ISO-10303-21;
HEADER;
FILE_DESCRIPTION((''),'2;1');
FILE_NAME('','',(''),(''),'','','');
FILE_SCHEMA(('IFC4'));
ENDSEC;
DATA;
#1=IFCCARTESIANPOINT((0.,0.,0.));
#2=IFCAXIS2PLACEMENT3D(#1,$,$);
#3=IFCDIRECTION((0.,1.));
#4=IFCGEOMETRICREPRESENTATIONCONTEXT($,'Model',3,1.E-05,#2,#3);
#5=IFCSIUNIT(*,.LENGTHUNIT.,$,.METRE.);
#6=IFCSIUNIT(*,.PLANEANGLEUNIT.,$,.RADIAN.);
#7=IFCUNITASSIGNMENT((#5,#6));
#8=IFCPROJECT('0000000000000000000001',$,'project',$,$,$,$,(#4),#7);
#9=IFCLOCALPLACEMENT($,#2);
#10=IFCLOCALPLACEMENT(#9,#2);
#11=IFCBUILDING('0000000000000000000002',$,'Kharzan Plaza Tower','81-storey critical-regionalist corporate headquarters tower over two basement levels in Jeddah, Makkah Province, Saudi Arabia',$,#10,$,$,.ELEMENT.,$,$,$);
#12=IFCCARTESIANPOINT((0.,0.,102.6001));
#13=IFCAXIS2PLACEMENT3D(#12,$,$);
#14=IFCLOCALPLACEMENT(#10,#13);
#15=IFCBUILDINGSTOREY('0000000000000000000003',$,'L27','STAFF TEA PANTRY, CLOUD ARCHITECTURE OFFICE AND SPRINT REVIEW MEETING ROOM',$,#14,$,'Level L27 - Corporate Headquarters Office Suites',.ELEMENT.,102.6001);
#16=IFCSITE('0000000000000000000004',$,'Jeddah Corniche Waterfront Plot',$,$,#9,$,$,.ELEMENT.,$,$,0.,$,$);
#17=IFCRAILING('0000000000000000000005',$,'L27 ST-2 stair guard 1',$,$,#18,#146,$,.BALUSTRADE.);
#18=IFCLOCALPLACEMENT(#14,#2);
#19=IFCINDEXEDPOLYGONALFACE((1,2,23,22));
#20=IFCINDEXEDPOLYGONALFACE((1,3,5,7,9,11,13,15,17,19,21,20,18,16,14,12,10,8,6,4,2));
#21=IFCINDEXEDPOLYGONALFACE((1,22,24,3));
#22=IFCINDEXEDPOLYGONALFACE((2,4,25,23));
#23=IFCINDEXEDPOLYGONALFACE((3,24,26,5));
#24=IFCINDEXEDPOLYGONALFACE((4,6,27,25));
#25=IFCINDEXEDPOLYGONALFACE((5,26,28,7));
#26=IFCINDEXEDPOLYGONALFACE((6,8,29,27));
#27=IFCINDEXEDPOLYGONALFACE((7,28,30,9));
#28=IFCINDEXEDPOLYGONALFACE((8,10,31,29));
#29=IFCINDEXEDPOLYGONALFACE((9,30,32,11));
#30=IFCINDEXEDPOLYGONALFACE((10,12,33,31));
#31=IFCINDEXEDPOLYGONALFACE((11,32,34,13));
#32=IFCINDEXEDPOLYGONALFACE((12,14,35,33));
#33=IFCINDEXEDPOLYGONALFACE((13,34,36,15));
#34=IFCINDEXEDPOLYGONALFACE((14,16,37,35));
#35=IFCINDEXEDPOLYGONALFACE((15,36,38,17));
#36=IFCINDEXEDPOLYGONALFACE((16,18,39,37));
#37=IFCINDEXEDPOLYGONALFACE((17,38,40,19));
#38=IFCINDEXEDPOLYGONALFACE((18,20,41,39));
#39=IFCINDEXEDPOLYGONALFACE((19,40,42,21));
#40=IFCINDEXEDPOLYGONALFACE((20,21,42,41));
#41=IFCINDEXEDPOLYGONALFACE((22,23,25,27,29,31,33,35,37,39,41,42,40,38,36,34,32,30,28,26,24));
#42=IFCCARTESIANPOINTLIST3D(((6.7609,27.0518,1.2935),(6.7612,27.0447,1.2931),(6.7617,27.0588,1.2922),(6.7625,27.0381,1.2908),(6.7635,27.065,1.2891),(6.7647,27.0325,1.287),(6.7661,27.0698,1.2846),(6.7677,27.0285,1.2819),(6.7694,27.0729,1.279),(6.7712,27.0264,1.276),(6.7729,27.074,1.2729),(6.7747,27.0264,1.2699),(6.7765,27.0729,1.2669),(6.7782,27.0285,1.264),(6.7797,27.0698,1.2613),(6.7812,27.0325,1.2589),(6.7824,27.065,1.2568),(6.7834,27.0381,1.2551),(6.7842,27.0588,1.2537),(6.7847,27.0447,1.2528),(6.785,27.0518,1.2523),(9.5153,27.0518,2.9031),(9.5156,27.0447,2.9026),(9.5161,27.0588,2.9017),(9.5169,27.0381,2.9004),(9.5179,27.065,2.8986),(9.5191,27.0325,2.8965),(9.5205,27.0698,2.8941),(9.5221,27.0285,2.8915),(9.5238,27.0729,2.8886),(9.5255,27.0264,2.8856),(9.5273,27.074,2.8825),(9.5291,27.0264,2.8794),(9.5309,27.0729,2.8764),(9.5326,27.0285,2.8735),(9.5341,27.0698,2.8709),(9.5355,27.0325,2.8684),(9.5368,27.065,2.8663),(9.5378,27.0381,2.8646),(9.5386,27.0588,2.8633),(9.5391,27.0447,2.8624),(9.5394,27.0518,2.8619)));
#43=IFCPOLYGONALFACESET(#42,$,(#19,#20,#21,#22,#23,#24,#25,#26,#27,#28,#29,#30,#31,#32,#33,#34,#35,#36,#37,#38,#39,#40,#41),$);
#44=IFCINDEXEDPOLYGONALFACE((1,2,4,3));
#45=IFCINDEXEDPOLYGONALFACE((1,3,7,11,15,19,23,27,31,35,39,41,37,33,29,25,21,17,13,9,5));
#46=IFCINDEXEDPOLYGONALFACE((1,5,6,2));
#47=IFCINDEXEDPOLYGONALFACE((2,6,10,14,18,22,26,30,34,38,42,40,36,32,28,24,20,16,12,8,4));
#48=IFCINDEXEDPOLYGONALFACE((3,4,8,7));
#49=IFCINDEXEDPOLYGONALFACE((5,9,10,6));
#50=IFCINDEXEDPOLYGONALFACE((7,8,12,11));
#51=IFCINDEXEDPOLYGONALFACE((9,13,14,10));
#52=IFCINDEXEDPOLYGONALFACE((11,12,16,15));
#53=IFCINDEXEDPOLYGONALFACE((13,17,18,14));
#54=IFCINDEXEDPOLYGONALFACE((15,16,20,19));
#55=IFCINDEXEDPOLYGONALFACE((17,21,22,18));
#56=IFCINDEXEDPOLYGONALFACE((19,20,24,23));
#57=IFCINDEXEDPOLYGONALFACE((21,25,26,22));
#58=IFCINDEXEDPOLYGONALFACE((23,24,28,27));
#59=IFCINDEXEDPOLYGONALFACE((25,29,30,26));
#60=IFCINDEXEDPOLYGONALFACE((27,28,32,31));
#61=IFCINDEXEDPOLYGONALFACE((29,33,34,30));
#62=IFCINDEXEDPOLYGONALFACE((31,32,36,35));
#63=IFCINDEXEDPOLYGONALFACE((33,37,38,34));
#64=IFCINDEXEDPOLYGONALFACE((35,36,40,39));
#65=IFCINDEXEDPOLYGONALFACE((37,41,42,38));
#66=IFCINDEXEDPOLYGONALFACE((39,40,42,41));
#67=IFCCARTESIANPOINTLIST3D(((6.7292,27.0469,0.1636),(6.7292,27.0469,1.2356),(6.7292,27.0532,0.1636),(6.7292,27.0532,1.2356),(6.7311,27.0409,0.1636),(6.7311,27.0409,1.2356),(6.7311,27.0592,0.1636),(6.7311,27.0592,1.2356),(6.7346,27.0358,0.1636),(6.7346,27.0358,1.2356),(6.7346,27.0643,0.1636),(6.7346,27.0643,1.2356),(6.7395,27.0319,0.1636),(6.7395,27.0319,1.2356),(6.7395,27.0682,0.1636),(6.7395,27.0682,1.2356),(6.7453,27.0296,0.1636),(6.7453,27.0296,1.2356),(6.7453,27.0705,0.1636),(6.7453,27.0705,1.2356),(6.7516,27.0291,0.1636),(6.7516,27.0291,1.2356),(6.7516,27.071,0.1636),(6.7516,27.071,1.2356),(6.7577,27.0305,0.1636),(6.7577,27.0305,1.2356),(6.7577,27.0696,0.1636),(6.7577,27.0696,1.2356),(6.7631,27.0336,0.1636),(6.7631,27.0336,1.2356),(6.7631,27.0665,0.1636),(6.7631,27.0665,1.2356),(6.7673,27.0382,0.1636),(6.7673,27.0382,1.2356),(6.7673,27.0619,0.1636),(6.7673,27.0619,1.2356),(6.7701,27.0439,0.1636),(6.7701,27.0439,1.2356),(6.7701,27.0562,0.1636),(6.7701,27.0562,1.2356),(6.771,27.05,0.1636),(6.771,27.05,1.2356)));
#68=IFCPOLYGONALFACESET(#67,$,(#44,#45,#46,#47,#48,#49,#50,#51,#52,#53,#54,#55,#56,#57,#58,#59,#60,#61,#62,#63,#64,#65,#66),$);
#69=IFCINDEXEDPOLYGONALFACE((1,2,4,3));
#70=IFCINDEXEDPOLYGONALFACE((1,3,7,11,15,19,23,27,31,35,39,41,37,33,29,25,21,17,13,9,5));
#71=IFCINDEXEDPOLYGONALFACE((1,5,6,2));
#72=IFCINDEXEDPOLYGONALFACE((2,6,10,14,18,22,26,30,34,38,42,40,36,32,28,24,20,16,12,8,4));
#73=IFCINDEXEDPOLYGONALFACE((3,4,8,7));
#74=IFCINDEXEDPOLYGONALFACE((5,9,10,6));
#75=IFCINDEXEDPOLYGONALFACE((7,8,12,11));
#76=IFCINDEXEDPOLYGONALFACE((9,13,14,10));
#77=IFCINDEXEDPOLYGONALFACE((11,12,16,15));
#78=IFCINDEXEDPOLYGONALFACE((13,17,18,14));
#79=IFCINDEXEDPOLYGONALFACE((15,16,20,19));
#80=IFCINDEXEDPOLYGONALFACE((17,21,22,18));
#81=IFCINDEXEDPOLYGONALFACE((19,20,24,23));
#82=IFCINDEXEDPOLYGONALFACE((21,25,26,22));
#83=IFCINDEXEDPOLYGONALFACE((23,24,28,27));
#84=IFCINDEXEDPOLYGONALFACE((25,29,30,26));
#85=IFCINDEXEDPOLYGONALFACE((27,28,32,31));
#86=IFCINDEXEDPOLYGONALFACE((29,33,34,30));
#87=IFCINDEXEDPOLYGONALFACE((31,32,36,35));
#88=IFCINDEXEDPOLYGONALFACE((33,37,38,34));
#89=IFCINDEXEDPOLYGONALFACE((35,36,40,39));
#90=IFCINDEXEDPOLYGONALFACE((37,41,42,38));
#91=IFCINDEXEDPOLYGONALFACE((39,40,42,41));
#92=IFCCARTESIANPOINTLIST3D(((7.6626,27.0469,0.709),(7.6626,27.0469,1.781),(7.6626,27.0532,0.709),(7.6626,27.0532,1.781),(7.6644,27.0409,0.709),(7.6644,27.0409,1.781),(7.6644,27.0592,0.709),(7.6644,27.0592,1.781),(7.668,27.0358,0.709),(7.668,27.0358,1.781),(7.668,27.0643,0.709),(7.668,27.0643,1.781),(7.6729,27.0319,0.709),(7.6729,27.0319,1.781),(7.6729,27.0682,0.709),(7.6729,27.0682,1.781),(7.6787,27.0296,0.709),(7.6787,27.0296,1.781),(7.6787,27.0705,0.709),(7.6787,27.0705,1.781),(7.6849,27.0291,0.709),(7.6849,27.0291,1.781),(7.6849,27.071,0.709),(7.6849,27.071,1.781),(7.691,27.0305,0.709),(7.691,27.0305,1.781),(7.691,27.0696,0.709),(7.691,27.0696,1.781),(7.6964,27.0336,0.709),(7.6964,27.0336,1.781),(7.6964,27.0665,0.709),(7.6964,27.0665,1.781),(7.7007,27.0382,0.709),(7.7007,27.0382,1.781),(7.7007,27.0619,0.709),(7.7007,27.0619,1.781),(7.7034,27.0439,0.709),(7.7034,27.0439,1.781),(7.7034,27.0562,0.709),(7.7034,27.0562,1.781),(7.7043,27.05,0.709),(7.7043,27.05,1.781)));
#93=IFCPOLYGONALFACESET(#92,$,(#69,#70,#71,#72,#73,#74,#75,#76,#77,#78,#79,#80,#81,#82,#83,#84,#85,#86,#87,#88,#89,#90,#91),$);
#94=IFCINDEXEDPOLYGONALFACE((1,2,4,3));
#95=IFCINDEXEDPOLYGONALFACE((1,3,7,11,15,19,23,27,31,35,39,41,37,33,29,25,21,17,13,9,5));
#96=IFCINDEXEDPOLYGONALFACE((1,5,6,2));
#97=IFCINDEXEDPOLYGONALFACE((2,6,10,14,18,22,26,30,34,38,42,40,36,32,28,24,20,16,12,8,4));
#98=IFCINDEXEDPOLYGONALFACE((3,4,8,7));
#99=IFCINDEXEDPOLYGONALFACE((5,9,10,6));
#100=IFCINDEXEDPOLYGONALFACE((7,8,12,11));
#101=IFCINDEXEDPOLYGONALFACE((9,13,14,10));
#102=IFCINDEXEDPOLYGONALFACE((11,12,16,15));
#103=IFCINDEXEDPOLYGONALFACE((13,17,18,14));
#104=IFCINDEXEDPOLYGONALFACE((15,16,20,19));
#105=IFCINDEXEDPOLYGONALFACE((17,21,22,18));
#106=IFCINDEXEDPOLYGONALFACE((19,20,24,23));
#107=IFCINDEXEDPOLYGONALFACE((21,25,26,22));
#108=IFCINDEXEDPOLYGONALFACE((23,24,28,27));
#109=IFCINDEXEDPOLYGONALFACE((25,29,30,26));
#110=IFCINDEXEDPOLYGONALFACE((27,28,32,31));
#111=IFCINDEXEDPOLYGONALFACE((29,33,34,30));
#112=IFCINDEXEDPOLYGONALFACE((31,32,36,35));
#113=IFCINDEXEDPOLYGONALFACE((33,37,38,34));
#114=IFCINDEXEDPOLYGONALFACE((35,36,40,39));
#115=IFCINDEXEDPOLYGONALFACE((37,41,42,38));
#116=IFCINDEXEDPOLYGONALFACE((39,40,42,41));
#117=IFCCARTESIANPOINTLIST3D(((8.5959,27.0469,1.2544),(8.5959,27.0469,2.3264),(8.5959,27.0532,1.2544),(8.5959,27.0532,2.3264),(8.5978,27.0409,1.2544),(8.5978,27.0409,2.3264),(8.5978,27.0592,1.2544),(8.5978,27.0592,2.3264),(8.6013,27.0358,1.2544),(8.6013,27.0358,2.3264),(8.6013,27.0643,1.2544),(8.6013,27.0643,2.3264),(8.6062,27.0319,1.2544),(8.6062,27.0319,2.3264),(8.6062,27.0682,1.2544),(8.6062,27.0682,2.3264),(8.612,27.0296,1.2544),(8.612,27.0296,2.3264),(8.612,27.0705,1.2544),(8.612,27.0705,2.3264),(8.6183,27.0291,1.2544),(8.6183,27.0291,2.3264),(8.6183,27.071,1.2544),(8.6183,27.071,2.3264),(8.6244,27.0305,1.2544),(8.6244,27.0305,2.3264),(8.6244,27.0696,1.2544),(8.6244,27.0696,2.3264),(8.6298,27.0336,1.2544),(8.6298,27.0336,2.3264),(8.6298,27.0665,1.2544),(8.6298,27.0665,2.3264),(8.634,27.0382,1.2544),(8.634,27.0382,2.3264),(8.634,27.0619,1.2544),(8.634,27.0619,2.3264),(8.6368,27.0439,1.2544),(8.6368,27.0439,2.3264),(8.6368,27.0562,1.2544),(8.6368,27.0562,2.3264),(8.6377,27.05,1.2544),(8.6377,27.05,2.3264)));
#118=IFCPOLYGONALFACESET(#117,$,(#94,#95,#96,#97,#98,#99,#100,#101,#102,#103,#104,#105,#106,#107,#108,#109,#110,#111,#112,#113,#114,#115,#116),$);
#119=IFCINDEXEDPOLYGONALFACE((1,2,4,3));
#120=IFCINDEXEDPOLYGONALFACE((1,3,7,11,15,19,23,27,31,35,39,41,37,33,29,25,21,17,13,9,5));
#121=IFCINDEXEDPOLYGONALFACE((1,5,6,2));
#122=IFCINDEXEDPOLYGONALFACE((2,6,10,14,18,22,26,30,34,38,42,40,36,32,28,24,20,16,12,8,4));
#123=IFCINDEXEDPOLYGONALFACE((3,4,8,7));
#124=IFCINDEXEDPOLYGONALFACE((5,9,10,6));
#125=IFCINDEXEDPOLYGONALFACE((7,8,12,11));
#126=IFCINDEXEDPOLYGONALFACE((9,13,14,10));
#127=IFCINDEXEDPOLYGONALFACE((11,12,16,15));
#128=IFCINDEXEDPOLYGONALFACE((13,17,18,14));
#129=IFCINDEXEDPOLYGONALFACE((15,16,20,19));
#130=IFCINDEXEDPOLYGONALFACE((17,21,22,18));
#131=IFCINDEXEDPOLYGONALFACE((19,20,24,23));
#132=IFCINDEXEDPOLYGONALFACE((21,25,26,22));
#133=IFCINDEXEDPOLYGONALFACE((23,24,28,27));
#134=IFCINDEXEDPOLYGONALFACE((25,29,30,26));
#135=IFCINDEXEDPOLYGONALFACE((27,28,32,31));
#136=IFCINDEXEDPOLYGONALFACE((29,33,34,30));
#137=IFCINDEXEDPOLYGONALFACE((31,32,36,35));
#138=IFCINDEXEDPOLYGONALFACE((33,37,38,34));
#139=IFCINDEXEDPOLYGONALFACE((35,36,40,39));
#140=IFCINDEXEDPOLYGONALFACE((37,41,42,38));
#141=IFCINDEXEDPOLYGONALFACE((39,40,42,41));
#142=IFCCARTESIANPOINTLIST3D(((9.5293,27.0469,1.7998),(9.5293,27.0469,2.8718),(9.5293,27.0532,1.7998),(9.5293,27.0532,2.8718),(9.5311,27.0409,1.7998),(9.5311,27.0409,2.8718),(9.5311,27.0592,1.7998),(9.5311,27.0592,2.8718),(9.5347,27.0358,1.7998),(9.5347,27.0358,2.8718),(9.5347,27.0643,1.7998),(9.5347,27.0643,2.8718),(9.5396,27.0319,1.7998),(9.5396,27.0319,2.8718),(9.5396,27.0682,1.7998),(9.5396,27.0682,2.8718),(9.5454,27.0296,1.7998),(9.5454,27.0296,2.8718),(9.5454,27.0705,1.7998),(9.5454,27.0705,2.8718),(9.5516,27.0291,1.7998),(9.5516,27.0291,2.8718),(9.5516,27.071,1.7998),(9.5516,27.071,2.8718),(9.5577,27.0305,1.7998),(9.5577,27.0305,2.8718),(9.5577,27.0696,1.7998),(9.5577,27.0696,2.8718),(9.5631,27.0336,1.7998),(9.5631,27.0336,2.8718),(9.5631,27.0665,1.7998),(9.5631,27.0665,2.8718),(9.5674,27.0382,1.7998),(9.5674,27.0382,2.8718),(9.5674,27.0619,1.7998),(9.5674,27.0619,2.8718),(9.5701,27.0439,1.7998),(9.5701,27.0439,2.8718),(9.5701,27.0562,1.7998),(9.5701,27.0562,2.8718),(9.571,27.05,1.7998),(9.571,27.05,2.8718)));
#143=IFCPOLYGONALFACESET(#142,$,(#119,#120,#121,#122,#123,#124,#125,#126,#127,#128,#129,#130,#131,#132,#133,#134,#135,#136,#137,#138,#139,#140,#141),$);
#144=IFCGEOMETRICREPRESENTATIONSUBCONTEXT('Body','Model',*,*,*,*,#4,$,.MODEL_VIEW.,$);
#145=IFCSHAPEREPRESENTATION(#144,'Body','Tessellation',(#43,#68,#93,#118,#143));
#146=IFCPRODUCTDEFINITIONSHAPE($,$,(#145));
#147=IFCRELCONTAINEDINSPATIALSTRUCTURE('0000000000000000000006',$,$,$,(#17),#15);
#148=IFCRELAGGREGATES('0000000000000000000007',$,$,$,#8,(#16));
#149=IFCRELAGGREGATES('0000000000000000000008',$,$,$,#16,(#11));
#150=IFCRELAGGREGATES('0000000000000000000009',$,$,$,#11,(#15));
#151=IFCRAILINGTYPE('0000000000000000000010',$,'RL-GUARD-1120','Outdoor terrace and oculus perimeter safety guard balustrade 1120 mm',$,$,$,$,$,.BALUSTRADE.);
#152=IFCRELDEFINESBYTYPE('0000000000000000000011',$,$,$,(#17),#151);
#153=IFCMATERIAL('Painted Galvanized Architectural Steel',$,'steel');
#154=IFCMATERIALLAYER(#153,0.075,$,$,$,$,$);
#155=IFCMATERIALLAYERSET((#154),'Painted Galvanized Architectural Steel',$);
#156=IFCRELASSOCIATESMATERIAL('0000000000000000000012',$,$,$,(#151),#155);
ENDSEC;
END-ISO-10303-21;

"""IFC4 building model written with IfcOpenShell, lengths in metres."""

from ifc_helpers import new_model, si_unit, direction, frame, origin, origin_2d, place, context, subcontext, project, spatial, circle, extrude, source, transform, mapped, material, layer, layer_set, type_object, element, save


model = new_model("IFC4")

# Units and contexts
model_context = context("Model", 3, precision=1e-05, world=origin(), true_north=direction((0.0, 1.0)))
body_context = subcontext(model_context, "Body", "Model", "MODEL_VIEW")
ifc_project = project(units=[si_unit("LENGTHUNIT", "METRE"), si_unit("PLANEANGLEUNIT", "RADIAN")], contexts=[model_context])

# Site, building, storey
site_placement = place(None, origin())
site = spatial("IfcSite", under=ifc_project, at=site_placement, Name="Jeddah Corniche Waterfront Plot", CompositionType="ELEMENT", RefElevation=0.0)
building_placement = place(site_placement, origin())
building = spatial("IfcBuilding", under=site, at=building_placement, Name="Kharzan Plaza Tower", Description="81-storey critical-regionalist corporate headquarters tower over two basement levels in Jeddah, Makkah Province, Saudi Arabia", CompositionType="ELEMENT")
storey_placement = place(building_placement, frame((0.0, 0.0, 102.6001)))
storey = spatial("IfcBuildingStorey", under=building, at=storey_placement, Name="L27", Description="STAFF TEA PANTRY, CLOUD ARCHITECTURE OFFICE AND SPRINT REVIEW MEETING ROOM", LongName="Level L27 - Corporate Headquarters Office Suites", CompositionType="ELEMENT", Elevation=102.6001)

# Railing
ifc_material_1 = material(Name="Painted Galvanized Architectural Steel", Category="steel")
ifc_layer_1 = layer(ifc_material_1, 0.075)
ifc_layer_set_1 = layer_set([ifc_layer_1], Name="Painted Galvanized Architectural Steel")
railing_type_1 = type_object("IfcRailingType", Name="RL-GUARD-1120", Description="Outdoor terrace and oculus perimeter safety guard balustrade 1120 mm", PredefinedType="BALUSTRADE", material=ifc_layer_set_1)
shared_shape_1 = source(origin(), body_context, "Body", "SweptSolid", [
    extrude(circle(Radius=0.0239, at=origin_2d()), frame((0.0229, 0.0, 1.1094), z_axis=(0.863394, 0.0, 0.504531), x_axis=(0.0, 1.0, 0.0)), (0.0, 0.0, 1.0), 3.1902),
    extrude(circle(Radius=0.021, at=origin_2d()), origin(), (0.0, 0.0, 1.0), 1.072),
    extrude(circle(Radius=0.021, at=origin_2d()), frame((0.9333, 0.0, 0.5454)), (0.0, 0.0, 1.0), 1.072),
    extrude(circle(Radius=0.021, at=origin_2d()), frame((1.8667, 0.0, 1.0908)), (0.0, 0.0, 1.0), 1.072),
    extrude(circle(Radius=0.021, at=origin_2d()), frame((2.8, 0.0, 1.6362)), (0.0, 0.0, 1.0), 1.072),
])
railing_1_placement = place(storey_placement, frame((6.75, 27.05, 0.1636)))
element("IfcRailing", 1, at=railing_1_placement, inside=storey, type_object=railing_type_1, Name="L27 ST-2 stair guard 1", PredefinedType="BALUSTRADE", context=body_context, shape_type="MappedRepresentation", body=[
    mapped(shared_shape_1, transform((0.0, 0.0, 0.0), x_axis=(1.0, 0.0, 0.0), y_axis=(0.0, 1.0, 0.0), z_axis=(0.0, 0.0, 1.0))),
])

save(model, "model.ifc")
